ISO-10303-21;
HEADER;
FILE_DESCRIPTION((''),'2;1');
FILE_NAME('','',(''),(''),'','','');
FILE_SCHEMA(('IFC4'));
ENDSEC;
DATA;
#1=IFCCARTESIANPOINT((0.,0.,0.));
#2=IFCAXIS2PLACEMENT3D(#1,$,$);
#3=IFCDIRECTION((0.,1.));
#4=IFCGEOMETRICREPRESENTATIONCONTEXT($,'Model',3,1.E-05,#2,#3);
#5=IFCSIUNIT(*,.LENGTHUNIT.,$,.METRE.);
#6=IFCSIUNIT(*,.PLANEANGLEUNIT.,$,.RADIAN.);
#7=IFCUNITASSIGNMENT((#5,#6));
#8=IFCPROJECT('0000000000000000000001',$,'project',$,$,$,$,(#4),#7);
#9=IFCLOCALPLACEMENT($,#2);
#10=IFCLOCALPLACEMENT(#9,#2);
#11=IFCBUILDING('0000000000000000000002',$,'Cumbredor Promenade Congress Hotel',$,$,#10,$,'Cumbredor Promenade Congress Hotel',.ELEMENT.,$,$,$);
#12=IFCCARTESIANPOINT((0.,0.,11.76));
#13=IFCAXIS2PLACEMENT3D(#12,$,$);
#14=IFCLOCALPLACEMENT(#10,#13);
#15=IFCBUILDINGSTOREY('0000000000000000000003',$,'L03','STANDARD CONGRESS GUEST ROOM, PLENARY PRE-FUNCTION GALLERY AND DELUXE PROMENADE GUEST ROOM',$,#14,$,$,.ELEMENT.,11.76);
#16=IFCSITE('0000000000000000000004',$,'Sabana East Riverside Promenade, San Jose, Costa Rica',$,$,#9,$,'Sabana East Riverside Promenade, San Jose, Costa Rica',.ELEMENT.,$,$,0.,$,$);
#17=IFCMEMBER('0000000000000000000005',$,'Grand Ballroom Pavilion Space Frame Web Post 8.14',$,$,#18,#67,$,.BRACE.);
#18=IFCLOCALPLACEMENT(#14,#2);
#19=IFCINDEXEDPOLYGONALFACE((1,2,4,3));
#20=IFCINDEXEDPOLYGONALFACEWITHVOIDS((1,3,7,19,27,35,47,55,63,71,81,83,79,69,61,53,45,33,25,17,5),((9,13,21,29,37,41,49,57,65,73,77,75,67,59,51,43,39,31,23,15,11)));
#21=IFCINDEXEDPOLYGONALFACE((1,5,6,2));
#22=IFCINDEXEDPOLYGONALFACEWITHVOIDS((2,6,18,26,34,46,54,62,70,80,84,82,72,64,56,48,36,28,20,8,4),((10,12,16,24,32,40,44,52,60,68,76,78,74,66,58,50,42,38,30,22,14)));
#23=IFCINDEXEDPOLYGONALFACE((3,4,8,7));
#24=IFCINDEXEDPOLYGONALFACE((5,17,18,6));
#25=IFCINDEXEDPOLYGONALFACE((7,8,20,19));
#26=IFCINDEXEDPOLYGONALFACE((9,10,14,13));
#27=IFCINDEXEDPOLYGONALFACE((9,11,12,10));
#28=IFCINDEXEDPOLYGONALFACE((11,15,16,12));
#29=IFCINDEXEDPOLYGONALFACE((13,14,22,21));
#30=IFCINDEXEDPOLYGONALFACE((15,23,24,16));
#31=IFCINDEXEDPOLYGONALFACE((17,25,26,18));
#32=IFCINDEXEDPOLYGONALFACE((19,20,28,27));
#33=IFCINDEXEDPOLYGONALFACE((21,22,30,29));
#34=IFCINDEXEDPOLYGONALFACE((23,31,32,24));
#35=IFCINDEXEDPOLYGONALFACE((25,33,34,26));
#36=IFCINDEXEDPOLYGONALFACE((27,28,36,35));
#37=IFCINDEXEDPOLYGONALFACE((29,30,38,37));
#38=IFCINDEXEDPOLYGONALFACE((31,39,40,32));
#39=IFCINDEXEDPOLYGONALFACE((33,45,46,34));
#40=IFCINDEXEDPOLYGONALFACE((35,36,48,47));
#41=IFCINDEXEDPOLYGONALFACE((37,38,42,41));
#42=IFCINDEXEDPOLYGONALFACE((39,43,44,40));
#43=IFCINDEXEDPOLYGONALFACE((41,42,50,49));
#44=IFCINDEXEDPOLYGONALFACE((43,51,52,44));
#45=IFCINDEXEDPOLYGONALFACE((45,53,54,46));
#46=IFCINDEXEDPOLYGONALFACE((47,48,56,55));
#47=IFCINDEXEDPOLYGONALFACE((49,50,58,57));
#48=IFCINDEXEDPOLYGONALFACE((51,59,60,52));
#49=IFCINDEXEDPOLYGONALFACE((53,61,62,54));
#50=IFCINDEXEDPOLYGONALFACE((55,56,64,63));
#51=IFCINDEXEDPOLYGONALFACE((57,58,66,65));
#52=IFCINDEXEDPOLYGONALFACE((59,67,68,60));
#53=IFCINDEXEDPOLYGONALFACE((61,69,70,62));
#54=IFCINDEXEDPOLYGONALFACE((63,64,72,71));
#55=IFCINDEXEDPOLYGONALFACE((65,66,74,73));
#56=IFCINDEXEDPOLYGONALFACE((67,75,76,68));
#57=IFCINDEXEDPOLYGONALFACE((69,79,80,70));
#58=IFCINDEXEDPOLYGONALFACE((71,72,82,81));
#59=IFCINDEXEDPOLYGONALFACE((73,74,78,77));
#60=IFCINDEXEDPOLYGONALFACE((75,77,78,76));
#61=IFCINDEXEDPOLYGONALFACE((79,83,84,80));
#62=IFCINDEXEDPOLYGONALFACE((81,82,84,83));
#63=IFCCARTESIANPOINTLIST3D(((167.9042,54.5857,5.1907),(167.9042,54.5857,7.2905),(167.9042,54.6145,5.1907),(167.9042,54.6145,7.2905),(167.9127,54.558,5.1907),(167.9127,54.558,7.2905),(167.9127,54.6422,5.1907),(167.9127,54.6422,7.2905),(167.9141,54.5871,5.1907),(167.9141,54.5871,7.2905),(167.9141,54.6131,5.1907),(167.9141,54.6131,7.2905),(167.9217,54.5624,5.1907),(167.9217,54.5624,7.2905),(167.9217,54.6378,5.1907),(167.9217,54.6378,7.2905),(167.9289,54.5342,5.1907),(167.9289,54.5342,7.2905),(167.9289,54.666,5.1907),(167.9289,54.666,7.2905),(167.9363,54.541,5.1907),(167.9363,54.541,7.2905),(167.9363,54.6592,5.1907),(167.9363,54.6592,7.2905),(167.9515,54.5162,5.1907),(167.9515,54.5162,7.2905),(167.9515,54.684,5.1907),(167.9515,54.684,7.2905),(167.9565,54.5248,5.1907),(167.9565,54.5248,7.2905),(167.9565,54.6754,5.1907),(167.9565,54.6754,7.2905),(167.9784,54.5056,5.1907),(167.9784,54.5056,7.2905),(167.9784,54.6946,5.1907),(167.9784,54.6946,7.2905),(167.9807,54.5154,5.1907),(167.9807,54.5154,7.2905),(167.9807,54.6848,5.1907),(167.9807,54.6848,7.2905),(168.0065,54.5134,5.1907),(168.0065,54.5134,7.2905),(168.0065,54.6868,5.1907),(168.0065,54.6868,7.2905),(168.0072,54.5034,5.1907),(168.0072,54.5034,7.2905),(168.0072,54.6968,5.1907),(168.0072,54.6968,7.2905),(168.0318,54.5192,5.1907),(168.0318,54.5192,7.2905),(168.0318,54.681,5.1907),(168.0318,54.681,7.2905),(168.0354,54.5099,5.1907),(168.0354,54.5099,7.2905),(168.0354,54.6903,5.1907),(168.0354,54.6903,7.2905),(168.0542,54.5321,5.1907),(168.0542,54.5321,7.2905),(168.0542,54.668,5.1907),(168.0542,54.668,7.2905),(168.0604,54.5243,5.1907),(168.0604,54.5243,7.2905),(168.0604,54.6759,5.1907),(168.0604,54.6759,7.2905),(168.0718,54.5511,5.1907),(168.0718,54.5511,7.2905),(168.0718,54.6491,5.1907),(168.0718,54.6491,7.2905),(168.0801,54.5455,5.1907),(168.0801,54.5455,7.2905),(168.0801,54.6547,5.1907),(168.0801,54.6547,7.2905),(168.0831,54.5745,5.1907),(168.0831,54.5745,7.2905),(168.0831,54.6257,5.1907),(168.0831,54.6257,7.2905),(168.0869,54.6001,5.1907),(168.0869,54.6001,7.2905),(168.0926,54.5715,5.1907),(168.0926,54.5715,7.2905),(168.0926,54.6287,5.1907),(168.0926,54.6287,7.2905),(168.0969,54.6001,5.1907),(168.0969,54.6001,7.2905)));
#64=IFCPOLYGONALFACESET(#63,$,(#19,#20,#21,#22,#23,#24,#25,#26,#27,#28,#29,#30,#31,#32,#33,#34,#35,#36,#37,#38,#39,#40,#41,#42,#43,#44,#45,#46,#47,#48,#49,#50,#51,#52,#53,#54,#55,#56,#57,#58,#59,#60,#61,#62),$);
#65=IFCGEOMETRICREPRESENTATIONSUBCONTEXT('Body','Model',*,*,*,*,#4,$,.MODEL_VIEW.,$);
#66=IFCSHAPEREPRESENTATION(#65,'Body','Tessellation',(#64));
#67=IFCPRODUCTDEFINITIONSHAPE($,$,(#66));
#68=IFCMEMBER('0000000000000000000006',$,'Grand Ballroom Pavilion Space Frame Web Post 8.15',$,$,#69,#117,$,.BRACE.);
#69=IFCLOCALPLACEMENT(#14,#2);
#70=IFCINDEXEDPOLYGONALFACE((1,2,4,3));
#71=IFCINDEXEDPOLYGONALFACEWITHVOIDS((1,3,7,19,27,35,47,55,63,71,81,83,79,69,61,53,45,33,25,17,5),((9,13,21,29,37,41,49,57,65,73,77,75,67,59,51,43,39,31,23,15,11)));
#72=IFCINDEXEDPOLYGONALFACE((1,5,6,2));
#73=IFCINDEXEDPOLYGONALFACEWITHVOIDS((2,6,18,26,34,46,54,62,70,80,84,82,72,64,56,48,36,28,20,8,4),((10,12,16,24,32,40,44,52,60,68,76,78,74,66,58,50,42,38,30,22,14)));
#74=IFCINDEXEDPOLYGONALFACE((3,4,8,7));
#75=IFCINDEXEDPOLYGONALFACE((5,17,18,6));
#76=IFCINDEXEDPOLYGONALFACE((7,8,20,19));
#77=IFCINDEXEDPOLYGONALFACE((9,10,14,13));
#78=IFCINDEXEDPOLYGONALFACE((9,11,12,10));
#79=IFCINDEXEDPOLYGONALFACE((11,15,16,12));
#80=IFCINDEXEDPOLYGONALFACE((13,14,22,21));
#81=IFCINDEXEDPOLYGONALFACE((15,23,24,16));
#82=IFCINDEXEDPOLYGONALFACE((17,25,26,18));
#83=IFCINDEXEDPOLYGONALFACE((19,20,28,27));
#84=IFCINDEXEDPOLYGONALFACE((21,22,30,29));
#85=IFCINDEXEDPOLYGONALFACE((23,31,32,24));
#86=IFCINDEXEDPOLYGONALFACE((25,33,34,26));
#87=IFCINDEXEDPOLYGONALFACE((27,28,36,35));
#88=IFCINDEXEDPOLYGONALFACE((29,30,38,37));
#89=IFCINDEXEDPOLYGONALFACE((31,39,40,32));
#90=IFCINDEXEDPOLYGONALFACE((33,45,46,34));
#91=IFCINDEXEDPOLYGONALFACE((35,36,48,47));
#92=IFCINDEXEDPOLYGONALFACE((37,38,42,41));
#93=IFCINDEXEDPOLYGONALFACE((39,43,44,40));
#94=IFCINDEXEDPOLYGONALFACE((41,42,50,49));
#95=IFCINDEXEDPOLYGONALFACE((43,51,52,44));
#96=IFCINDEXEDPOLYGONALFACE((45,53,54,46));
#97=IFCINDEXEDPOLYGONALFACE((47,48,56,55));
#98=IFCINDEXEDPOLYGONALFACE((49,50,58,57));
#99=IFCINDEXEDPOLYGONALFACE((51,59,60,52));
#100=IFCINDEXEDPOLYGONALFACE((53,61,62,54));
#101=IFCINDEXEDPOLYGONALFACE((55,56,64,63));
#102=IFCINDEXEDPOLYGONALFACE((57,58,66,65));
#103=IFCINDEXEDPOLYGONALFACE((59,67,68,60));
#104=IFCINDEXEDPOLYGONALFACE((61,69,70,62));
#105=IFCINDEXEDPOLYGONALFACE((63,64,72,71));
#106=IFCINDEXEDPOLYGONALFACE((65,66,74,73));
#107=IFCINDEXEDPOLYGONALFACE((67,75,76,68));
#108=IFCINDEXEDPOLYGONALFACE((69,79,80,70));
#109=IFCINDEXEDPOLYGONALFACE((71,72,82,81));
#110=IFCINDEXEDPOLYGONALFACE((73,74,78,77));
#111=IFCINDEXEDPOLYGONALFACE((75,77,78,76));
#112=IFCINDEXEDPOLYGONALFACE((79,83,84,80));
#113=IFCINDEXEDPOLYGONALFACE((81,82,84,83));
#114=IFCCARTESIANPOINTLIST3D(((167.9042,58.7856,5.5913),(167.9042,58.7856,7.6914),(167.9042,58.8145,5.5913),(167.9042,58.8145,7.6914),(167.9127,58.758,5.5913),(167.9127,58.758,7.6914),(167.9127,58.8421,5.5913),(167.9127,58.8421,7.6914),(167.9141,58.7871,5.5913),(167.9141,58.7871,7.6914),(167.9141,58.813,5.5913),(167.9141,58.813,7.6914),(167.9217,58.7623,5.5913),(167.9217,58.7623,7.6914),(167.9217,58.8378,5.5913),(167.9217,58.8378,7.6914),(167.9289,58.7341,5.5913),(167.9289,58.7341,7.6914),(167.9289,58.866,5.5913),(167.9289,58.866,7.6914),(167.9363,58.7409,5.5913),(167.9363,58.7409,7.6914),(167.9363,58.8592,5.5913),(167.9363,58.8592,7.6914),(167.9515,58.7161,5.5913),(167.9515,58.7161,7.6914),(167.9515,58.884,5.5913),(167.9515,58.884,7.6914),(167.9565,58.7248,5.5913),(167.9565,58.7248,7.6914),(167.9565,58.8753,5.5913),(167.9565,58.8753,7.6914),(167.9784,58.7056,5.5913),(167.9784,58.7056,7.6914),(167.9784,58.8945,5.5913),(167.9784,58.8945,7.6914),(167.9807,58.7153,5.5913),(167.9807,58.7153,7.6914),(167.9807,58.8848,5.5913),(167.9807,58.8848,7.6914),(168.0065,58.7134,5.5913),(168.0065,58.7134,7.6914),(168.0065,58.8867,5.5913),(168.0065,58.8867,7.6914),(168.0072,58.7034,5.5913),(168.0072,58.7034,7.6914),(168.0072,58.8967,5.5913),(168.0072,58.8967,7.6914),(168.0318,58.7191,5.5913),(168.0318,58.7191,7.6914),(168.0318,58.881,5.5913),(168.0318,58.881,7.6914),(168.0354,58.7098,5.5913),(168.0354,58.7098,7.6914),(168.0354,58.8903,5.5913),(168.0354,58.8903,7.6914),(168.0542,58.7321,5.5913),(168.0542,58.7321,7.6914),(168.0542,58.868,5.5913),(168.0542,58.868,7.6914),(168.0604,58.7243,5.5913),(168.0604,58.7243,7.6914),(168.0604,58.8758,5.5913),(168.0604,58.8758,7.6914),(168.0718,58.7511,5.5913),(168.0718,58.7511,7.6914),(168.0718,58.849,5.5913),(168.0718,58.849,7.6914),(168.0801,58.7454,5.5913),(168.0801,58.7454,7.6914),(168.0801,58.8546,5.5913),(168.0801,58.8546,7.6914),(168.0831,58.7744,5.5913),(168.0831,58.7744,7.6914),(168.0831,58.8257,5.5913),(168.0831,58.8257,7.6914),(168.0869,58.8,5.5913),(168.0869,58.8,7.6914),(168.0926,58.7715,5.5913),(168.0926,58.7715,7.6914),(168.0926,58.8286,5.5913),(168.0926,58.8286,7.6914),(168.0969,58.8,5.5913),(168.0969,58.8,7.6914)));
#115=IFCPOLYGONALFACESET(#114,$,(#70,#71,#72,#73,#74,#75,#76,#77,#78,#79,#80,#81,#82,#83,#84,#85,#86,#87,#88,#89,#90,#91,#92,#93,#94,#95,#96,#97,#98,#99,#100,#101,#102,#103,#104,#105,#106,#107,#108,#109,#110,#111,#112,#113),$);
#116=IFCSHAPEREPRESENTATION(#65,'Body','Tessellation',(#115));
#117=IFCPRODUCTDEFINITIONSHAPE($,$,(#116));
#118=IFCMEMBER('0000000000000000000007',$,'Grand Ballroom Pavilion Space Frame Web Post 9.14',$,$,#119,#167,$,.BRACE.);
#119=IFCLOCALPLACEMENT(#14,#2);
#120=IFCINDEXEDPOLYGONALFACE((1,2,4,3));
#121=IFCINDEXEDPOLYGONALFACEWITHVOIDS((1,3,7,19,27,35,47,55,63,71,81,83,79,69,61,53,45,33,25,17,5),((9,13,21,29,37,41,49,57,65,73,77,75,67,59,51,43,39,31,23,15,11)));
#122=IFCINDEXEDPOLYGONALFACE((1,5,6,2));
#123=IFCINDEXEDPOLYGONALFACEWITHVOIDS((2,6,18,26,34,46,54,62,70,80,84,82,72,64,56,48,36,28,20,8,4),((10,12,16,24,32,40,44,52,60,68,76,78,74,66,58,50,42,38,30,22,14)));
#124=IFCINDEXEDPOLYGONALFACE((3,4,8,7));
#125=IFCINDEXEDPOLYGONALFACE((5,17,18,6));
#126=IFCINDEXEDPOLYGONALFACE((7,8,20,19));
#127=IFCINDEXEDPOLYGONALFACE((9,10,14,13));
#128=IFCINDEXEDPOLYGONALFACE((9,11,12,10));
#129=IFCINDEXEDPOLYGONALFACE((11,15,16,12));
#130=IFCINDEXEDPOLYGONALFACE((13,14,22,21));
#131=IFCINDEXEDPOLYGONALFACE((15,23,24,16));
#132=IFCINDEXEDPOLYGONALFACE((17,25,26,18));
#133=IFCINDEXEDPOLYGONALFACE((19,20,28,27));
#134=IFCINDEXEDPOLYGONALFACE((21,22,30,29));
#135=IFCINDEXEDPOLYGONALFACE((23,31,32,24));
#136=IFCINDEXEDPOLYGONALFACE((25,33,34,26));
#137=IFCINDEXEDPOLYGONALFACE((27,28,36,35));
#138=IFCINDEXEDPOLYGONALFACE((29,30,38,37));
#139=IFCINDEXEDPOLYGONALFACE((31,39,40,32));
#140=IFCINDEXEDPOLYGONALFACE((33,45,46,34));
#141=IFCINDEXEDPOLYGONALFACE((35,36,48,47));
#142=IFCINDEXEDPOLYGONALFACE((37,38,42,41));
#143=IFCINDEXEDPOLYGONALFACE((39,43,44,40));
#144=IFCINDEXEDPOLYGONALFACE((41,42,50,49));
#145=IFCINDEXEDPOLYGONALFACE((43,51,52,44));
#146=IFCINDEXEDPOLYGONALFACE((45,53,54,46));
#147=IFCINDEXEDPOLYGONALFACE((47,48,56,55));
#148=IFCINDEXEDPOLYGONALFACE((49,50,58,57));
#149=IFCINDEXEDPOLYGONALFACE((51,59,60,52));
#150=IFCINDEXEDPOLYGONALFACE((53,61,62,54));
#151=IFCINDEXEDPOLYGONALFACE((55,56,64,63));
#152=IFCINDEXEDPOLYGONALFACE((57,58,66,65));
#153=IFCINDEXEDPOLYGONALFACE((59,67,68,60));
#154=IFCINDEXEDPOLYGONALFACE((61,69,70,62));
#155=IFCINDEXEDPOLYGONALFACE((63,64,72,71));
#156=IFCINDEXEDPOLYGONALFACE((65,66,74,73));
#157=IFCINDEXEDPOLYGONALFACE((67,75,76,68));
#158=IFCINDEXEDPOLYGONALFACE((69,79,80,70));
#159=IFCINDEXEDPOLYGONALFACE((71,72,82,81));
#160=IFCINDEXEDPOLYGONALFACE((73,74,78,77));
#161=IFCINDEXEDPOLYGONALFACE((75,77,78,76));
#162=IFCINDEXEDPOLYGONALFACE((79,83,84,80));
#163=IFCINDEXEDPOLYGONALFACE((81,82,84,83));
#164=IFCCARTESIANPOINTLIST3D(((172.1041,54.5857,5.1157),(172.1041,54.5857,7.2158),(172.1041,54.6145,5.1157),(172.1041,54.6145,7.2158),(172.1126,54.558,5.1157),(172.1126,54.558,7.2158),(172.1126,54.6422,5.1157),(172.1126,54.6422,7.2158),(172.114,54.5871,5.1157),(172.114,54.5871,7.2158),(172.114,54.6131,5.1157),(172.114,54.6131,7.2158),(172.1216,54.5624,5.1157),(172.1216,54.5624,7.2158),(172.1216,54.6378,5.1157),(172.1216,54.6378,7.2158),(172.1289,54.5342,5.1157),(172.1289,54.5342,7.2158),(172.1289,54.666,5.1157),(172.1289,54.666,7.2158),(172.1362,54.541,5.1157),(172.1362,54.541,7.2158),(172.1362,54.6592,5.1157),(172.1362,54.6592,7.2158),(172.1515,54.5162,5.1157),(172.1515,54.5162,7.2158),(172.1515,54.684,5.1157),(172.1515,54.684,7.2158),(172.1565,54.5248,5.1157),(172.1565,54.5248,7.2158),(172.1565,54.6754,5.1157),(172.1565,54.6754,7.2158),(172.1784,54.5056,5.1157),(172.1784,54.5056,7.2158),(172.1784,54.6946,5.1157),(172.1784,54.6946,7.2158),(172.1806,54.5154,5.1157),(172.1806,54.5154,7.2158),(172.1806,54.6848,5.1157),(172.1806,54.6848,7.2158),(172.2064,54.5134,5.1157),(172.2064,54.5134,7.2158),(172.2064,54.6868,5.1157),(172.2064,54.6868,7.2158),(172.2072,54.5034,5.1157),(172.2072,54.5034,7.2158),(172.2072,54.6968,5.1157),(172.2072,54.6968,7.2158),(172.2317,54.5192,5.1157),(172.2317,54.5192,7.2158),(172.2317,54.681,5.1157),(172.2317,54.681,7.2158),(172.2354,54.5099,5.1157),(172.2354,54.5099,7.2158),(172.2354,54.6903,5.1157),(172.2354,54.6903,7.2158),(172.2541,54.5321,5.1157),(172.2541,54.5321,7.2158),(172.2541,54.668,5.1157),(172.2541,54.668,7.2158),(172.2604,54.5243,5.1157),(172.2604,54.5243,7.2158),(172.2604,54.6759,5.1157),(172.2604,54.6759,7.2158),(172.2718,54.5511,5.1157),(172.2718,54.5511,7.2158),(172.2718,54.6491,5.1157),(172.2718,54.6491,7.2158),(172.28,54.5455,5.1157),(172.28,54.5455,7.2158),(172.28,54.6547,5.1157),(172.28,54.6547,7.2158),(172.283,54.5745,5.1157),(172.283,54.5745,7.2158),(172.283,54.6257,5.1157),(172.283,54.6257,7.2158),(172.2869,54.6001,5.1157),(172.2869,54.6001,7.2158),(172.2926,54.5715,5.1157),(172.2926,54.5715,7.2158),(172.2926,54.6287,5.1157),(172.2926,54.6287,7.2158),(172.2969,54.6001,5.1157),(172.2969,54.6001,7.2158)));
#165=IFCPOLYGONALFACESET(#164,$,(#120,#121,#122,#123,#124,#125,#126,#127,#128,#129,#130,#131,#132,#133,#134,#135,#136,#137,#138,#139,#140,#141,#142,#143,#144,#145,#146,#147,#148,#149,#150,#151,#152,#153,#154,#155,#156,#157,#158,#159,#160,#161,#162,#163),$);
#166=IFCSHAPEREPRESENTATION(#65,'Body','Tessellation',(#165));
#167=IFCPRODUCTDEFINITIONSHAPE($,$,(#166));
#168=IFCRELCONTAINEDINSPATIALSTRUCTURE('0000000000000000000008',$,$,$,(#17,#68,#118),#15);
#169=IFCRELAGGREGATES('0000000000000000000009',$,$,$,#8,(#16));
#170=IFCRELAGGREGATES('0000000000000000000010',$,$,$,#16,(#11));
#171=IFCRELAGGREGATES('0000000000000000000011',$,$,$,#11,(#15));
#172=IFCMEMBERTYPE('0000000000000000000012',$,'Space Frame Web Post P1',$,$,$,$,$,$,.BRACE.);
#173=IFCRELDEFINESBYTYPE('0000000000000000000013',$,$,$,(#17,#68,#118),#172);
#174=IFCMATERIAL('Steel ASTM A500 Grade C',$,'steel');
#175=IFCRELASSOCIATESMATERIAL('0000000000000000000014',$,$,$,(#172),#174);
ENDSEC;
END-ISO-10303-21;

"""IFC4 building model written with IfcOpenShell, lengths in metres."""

from ifc_helpers import new_model, si_unit, direction, frame, origin, origin_2d, place, context, subcontext, project, spatial, hollow_circle, extrude, material, material_profile, profile_set, type_object, element, save


model = new_model("IFC4")

# Units and contexts
model_context = context("Model", 3, precision=1e-05, world=origin(), true_north=direction((0.0, 1.0)))
body_context = subcontext(model_context, "Body", "Model", "MODEL_VIEW")
ifc_project = project(units=[si_unit("LENGTHUNIT", "METRE"), si_unit("PLANEANGLEUNIT", "RADIAN")], contexts=[model_context])

# Site, building, storey
site_placement = place(None, origin())
site = spatial("IfcSite", under=ifc_project, at=site_placement, Name="Sabana East Riverside Promenade, San Jose, Costa Rica", LongName="Sabana East Riverside Promenade, San Jose, Costa Rica", CompositionType="ELEMENT", RefElevation=0.0)
building_placement = place(site_placement, origin())
building = spatial("IfcBuilding", under=site, at=building_placement, Name="Cumbredor Promenade Congress Hotel", LongName="Cumbredor Promenade Congress Hotel", CompositionType="ELEMENT")
storey_placement = place(building_placement, frame((0.0, 0.0, 11.76)))
storey = spatial("IfcBuildingStorey", under=building, at=storey_placement, Name="L03", Description="STANDARD CONGRESS GUEST ROOM, PLENARY PRE-FUNCTION GALLERY AND DELUXE PROMENADE GUEST ROOM", CompositionType="ELEMENT", Elevation=11.76)

# Members
ifc_material_1 = material(Name="Steel ASTM A500 Grade C", Category="steel")
ifc_material_profile_1 = material_profile(ifc_material_1, hollow_circle(Radius=0.0969, WallThickness=0.01, at=origin_2d()), Name="CHS 193.7x10")
ifc_profile_set_1 = profile_set([ifc_material_profile_1], Name="Steel ASTM A500 Grade C")
member_type_1 = type_object("IfcMemberType", Name="Space Frame Web Post P1", PredefinedType="BRACE", material=ifc_profile_set_1)
member_1_placement = place(storey_placement, frame((168.0, 54.6001, 5.1907), z_axis=(0.0, 0.0, 1.0), x_axis=(1.0, 0.0, 0.0)))
element("IfcMember", 1, at=member_1_placement, inside=storey, type_object=member_type_1, Name="Grand Ballroom Pavilion Space Frame Web Post 8.14", PredefinedType="BRACE", context=body_context, shape_type="SweptSolid", body=[
    extrude(hollow_circle(Radius=0.0969, WallThickness=0.01, at=origin_2d()), origin(), (0.0, 0.0, 1.0), 2.0999),
])
for number, where, z_axis, x_axis, name in (
    (2, (168.0, 58.8, 5.5913), (0.0, 0.0, 1.0), (1.0, 0.0, 0.0), "Grand Ballroom Pavilion Space Frame Web Post 8.15"),
    (3, (172.2, 54.6001, 5.1157), (0.0, 0.0, 1.0), (1.0, 0.0, 0.0), "Grand Ballroom Pavilion Space Frame Web Post 9.14"),
):
    element("IfcMember", number, at=place(storey_placement, frame(where, z_axis=z_axis, x_axis=x_axis)), inside=storey, type_object=member_type_1, Name=name, PredefinedType="BRACE", context=body_context, shape_type="SweptSolid", body=[
        extrude(hollow_circle(Radius=0.0969, WallThickness=0.01, at=origin_2d()), origin(), (0.0, 0.0, 1.0), 2.1001),
    ])

save(model, "model.ifc")
